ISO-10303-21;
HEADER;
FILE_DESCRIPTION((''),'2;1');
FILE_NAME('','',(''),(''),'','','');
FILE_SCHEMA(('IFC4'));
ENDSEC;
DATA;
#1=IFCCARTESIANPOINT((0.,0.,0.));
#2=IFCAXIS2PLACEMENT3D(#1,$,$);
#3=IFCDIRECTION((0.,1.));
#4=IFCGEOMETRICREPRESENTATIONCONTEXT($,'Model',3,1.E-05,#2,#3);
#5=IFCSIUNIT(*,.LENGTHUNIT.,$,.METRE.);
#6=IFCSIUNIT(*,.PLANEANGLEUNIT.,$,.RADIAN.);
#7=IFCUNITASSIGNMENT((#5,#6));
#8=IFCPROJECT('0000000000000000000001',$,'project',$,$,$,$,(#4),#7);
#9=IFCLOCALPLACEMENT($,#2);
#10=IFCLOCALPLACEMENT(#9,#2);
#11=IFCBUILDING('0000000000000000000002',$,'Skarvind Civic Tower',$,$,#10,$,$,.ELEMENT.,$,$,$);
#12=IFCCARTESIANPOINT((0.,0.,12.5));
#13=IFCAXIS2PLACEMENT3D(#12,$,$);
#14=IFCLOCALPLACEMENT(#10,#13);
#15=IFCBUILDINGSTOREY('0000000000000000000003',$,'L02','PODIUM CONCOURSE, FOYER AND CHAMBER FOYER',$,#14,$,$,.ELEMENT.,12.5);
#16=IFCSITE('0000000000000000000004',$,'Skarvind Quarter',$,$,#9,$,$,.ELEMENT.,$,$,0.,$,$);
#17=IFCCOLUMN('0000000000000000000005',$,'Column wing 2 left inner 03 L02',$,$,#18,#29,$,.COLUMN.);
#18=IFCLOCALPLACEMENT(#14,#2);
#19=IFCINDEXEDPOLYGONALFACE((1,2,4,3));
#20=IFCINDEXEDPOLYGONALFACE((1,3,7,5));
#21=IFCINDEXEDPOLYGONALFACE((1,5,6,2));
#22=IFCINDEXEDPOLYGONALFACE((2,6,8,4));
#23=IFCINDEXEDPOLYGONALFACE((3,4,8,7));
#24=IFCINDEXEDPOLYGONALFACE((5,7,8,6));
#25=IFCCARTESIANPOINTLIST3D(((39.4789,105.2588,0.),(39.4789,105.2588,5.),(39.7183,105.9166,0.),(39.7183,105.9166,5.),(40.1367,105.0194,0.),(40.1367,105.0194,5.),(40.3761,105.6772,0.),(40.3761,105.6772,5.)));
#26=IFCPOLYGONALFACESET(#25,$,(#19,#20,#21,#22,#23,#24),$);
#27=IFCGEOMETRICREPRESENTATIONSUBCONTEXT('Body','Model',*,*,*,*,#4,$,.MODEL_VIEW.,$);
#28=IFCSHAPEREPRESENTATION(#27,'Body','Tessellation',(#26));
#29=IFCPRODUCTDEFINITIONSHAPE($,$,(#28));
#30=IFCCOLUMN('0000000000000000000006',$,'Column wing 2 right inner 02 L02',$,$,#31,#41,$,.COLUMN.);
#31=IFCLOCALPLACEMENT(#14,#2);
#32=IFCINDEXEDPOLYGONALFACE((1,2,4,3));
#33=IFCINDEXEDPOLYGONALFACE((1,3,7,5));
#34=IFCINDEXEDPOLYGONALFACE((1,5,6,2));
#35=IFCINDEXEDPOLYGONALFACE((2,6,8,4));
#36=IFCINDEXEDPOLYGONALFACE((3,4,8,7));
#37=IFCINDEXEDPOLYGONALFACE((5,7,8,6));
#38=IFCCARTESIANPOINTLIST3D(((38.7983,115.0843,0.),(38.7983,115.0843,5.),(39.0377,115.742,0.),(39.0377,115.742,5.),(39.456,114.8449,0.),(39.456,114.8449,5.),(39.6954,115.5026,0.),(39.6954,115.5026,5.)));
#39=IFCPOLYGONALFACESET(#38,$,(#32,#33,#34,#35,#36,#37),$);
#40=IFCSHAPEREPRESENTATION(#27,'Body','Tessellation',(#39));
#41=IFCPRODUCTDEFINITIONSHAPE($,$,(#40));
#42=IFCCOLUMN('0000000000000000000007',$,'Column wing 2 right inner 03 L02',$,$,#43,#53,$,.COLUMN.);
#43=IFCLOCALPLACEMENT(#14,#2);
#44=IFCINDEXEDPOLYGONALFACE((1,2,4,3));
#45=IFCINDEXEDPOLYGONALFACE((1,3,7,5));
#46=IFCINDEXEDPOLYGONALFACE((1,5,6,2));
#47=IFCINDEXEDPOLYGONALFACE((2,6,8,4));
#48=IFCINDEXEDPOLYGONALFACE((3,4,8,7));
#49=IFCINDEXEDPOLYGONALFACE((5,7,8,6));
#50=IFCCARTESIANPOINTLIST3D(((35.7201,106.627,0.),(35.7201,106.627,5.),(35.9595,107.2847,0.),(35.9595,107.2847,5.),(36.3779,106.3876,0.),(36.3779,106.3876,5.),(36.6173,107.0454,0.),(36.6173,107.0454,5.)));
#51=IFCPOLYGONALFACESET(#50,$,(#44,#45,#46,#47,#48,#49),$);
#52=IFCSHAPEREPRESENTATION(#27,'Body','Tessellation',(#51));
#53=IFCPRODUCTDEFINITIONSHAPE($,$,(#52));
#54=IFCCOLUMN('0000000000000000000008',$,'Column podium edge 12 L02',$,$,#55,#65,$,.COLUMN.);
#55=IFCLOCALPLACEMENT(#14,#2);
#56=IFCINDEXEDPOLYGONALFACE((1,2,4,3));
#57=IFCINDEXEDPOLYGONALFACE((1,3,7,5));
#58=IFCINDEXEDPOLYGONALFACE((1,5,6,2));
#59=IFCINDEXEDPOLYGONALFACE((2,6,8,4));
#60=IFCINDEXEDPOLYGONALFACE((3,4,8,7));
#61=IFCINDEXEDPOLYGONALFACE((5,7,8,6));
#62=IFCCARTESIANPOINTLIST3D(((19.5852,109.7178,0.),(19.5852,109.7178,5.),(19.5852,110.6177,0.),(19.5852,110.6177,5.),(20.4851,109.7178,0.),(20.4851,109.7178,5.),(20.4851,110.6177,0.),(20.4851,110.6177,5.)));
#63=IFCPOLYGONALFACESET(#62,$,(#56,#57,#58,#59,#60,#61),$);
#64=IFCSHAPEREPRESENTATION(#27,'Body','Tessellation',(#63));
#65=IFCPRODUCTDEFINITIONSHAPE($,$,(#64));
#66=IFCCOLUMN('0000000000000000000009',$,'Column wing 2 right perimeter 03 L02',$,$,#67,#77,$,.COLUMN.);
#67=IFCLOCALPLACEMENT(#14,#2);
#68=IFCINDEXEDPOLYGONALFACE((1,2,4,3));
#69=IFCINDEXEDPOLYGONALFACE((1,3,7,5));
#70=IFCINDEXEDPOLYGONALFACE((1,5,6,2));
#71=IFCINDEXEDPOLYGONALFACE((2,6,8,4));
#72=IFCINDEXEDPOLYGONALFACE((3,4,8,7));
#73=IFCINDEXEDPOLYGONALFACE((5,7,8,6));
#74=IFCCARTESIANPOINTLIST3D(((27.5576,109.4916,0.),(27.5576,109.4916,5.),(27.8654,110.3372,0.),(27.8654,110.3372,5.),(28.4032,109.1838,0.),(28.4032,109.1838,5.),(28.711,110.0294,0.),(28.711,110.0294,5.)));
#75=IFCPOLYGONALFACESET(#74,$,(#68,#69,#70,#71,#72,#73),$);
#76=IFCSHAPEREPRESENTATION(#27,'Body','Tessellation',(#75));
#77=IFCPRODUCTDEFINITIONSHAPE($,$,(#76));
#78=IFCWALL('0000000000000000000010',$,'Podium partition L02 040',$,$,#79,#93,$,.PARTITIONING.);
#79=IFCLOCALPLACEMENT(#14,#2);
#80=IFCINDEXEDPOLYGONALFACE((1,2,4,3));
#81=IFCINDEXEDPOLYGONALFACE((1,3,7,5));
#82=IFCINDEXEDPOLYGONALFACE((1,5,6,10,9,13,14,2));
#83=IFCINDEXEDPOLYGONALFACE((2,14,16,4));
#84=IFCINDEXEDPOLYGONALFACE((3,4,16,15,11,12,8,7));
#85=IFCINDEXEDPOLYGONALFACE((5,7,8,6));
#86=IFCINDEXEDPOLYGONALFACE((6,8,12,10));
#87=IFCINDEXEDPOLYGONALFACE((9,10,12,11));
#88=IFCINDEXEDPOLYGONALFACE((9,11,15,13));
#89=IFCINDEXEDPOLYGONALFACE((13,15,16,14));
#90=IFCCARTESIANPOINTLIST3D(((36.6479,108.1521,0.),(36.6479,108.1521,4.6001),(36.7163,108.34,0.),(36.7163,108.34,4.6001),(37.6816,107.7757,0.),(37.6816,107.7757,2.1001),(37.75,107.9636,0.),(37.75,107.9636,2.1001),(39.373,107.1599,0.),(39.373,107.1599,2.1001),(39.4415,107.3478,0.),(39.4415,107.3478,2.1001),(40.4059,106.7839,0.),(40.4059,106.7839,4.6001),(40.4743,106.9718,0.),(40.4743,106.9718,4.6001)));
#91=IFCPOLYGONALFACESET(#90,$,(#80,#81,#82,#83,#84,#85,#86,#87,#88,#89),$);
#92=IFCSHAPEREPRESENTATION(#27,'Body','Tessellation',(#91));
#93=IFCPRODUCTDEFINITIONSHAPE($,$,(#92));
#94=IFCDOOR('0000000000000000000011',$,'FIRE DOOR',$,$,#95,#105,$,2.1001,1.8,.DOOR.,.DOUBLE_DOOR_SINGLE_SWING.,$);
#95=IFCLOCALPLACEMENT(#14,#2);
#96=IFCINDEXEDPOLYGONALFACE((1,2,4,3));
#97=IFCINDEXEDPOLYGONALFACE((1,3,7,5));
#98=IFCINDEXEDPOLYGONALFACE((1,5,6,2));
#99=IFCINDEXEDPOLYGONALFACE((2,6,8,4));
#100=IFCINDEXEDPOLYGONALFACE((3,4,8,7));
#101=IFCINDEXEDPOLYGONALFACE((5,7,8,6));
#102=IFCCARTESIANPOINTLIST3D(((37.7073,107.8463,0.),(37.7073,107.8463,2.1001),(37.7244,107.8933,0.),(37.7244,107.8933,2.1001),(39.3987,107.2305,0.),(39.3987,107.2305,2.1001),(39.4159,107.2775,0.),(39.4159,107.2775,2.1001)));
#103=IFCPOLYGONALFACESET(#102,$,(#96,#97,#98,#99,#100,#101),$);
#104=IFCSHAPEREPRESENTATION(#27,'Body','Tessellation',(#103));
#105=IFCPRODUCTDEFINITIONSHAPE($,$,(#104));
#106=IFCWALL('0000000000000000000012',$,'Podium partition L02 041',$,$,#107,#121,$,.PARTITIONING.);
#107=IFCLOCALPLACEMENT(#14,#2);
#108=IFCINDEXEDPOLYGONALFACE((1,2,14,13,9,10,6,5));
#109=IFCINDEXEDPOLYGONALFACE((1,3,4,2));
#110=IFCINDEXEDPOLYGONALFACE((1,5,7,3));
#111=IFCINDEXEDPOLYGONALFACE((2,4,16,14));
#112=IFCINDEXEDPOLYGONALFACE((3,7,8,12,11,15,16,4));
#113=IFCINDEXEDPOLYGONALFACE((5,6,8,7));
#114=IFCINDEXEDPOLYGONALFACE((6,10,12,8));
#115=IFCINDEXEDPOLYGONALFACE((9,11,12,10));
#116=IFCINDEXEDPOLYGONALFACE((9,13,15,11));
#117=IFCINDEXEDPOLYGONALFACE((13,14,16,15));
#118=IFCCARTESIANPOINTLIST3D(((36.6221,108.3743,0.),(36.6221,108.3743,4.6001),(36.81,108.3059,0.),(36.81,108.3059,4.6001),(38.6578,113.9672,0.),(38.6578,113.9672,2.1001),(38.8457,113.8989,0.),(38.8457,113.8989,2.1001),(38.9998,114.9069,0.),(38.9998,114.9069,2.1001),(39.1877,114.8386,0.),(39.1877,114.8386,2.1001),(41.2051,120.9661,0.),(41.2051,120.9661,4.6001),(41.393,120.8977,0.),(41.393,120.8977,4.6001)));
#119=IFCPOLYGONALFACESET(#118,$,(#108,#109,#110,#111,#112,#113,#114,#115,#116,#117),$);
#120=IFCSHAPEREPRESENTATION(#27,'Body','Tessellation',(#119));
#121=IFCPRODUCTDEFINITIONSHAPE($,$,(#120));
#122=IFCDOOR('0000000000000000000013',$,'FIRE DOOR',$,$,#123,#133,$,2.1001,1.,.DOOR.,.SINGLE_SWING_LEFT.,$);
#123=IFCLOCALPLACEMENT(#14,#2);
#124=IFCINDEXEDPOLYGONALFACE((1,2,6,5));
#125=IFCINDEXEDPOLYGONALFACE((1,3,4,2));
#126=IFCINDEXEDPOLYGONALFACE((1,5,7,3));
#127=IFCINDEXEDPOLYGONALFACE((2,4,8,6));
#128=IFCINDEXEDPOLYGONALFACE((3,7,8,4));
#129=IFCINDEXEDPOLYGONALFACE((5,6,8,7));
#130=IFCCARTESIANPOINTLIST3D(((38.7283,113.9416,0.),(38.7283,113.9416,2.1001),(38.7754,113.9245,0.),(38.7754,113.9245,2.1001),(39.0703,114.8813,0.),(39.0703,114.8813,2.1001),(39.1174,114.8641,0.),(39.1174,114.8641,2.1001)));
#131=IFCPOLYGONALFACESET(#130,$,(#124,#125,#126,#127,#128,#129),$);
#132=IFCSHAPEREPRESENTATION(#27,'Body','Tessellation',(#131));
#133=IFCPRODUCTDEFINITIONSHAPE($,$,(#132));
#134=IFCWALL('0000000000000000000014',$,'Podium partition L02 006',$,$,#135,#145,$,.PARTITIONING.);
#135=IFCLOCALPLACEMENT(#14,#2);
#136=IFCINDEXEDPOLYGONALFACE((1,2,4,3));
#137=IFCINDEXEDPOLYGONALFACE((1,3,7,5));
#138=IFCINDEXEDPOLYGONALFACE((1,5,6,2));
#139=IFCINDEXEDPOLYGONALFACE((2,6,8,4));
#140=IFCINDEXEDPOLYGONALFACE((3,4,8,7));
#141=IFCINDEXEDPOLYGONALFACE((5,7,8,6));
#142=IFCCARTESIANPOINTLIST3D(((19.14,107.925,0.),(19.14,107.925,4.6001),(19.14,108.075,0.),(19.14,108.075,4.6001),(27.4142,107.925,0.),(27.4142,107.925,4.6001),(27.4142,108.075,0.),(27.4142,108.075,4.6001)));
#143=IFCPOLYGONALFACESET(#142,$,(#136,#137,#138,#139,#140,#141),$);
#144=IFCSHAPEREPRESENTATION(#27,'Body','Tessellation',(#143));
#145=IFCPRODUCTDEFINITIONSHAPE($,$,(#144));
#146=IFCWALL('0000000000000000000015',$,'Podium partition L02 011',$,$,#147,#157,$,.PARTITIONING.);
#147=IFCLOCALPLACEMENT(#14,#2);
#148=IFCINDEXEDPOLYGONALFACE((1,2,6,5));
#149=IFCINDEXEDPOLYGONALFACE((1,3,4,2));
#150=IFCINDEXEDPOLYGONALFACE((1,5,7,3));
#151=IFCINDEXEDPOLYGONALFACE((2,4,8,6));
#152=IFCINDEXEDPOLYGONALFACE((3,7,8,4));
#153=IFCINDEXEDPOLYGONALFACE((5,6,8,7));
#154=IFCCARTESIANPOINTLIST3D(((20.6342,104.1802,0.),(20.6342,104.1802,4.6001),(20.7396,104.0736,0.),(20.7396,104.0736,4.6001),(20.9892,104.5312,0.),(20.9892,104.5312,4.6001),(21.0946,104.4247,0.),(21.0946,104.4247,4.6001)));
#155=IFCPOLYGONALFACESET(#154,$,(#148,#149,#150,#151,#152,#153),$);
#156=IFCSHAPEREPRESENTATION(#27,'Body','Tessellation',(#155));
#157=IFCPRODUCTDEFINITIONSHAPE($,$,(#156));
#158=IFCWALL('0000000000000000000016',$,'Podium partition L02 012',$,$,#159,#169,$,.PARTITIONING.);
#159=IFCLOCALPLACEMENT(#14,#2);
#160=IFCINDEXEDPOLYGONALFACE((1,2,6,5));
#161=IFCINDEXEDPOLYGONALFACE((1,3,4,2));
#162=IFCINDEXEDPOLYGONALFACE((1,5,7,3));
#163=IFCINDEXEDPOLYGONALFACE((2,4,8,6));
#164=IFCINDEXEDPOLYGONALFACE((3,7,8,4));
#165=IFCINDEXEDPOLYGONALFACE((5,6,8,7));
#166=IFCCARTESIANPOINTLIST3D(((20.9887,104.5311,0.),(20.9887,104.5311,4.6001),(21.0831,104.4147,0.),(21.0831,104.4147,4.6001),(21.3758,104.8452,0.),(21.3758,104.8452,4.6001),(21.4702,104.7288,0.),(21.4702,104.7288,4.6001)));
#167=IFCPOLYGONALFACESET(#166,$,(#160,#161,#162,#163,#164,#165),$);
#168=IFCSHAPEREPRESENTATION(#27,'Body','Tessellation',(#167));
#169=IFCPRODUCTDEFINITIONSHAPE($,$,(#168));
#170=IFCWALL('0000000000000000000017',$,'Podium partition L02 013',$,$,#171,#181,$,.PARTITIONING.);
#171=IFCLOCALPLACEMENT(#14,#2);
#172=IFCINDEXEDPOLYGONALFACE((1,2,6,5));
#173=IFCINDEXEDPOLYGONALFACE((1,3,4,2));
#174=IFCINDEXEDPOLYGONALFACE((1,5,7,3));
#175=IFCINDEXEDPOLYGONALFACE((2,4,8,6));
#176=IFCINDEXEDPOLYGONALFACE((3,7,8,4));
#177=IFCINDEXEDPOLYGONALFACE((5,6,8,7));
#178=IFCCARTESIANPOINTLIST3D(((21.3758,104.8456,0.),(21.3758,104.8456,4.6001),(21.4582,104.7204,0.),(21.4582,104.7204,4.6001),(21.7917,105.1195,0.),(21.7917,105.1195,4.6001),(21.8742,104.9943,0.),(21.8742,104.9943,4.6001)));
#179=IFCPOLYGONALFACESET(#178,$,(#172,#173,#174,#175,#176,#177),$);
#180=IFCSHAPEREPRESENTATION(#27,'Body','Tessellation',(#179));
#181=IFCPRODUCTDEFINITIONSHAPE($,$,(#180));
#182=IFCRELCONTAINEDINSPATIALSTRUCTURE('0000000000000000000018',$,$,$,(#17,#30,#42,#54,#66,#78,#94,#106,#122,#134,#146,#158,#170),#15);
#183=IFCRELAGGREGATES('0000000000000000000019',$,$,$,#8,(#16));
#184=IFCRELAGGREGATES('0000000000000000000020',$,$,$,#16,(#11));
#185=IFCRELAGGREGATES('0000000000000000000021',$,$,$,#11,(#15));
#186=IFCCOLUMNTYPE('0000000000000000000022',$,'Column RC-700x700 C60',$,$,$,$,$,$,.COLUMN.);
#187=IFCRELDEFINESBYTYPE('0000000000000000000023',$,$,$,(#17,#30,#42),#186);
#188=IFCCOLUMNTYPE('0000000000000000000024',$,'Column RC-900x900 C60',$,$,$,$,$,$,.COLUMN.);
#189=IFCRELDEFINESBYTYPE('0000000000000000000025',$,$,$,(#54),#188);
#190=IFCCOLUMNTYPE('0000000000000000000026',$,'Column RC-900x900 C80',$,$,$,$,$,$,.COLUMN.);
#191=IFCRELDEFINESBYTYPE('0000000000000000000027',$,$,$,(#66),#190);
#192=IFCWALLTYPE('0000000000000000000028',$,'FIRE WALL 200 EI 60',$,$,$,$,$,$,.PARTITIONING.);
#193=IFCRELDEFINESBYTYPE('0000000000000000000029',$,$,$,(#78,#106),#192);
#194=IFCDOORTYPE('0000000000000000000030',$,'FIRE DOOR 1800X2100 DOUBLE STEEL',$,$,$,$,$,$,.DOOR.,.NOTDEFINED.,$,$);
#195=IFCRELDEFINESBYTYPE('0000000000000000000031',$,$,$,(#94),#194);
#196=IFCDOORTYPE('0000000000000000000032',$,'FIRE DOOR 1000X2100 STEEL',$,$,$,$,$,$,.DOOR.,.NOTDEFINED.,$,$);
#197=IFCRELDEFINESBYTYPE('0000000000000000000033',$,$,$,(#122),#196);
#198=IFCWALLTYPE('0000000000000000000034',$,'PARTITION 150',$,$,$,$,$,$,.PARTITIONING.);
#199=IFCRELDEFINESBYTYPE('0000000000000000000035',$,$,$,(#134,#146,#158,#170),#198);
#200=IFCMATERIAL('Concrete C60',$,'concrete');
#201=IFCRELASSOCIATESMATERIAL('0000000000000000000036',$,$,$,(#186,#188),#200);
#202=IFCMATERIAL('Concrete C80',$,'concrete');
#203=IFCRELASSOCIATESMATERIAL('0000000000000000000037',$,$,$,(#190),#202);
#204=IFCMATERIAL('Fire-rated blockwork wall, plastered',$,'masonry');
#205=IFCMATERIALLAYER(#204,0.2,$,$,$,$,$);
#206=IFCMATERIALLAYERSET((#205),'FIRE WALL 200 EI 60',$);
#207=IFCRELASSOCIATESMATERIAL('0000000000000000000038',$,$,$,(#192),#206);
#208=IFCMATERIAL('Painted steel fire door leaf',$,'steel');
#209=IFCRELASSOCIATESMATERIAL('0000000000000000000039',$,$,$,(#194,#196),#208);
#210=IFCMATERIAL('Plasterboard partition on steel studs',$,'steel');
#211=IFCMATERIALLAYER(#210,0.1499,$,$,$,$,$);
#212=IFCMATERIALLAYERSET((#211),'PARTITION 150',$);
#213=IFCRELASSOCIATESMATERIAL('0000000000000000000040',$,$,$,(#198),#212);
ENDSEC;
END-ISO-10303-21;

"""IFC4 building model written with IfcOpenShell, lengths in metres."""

from ifc_helpers import new_model, si_unit, direction, frame, frame_2d, origin, origin_2d, place, context, subcontext, project, spatial, rectangle, extrude, material, layer, layer_set, material_profile, profile_set, type_object, element, fill, save


model = new_model("IFC4")

# Units and contexts
model_context = context("Model", 3, precision=1e-05, world=origin(), true_north=direction((0.0, 1.0)))
body_context = subcontext(model_context, "Body", "Model", "MODEL_VIEW")
ifc_project = project(units=[si_unit("LENGTHUNIT", "METRE"), si_unit("PLANEANGLEUNIT", "RADIAN")], contexts=[model_context])

# Site, building, storey
site_placement = place(None, origin())
site = spatial("IfcSite", under=ifc_project, at=site_placement, Name="Skarvind Quarter", CompositionType="ELEMENT", RefElevation=0.0)
building_placement = place(site_placement, origin())
building = spatial("IfcBuilding", under=site, at=building_placement, Name="Skarvind Civic Tower", CompositionType="ELEMENT")
storey_placement = place(building_placement, frame((0.0, 0.0, 12.5)))
storey = spatial("IfcBuildingStorey", under=building, at=storey_placement, Name="L02", Description="PODIUM CONCOURSE, FOYER AND CHAMBER FOYER", CompositionType="ELEMENT", Elevation=12.5)

# Columns
ifc_material_1 = material(Name="Concrete C60", Category="concrete")
ifc_material_profile_1 = material_profile(ifc_material_1, rectangle(XDim=0.7, YDim=0.7, at=origin_2d()), Name="RC-700x700")
ifc_profile_set_1 = profile_set([ifc_material_profile_1], Name="Concrete C60")
column_type_1 = type_object("IfcColumnType", Name="Column RC-700x700 C60", PredefinedType="COLUMN", material=ifc_profile_set_1)
for number, where, z_axis, x_axis, name in (
    (1, (39.9275, 105.468, 0.0), (0.0, 0.0, 1.0), (-0.34202, -0.939693, 0.0), "Column wing 2 left inner 03 L02"),
    (2, (39.2468, 115.2935, 0.0), (0.0, 0.0, 1.0), (-0.34202, -0.939693, 0.0), "Column wing 2 right inner 02 L02"),
    (3, (36.1687, 106.8362, 0.0), (0.0, 0.0, 1.0), (-0.34202, -0.939693, 0.0), "Column wing 2 right inner 03 L02"),
):
    element("IfcColumn", number, at=place(storey_placement, frame(where, z_axis=z_axis, x_axis=x_axis)), inside=storey, type_object=column_type_1, Name=name, PredefinedType="COLUMN", context=body_context, shape_type="SweptSolid", body=[
        extrude(rectangle(XDim=0.7, YDim=0.7, at=origin_2d()), origin(), (0.0, 0.0, 1.0), 5.0),
    ])
ifc_material_profile_2 = material_profile(ifc_material_1, rectangle(XDim=0.8999, YDim=0.8999, at=origin_2d()), Name="RC-900x900")
ifc_profile_set_2 = profile_set([ifc_material_profile_2], Name="Concrete C60")
column_type_2 = type_object("IfcColumnType", Name="Column RC-900x900 C60", PredefinedType="COLUMN", material=ifc_profile_set_2)
column_1_placement = place(storey_placement, frame((20.0352, 110.1677, 0.0), z_axis=(0.0, 0.0, 1.0), x_axis=(1.0, 0.0, 0.0)))
element("IfcColumn", 4, at=column_1_placement, inside=storey, type_object=column_type_2, Name="Column podium edge 12 L02", PredefinedType="COLUMN", context=body_context, shape_type="SweptSolid", body=[
    extrude(rectangle(XDim=0.8999, YDim=0.8999, at=origin_2d()), origin(), (0.0, 0.0, 1.0), 5.0),
])
ifc_material_2 = material(Name="Concrete C80", Category="concrete")
ifc_material_profile_3 = material_profile(ifc_material_2, rectangle(XDim=0.8999, YDim=0.8999, at=origin_2d()), Name="RC-900x900")
ifc_profile_set_3 = profile_set([ifc_material_profile_3], Name="Concrete C80")
column_type_3 = type_object("IfcColumnType", Name="Column RC-900x900 C80", PredefinedType="COLUMN", material=ifc_profile_set_3)
column_2_placement = place(storey_placement, frame((28.1343, 109.7605, 0.0), z_axis=(0.0, 0.0, 1.0), x_axis=(-0.34202, -0.939693, 0.0)))
element("IfcColumn", 5, at=column_2_placement, inside=storey, type_object=column_type_3, Name="Column wing 2 right perimeter 03 L02", PredefinedType="COLUMN", context=body_context, shape_type="SweptSolid", body=[
    extrude(rectangle(XDim=0.8999, YDim=0.8999, at=origin_2d()), origin(), (0.0, 0.0, 1.0), 5.0),
])

# Walls, openings, doors
ifc_material_3 = material(Name="Fire-rated blockwork wall, plastered", Category="masonry")
ifc_layer_1 = layer(ifc_material_3, 0.2)
ifc_layer_set_1 = layer_set([ifc_layer_1], Name="FIRE WALL 200 EI 60")
wall_type_1 = type_object("IfcWallType", Name="FIRE WALL 200 EI 60", PredefinedType="PARTITIONING", material=ifc_layer_set_1)
wall_1_placement = place(storey_placement, frame((40.4399, 106.8779, 0.0), z_axis=(0.0, 0.0, 1.0), x_axis=(-0.939665, 0.342096, 0.0)))
wall_1 = element("IfcWall", 6, at=wall_1_placement, inside=storey, type_object=wall_type_1, Name="Podium partition L02 040", PredefinedType="PARTITIONING", context=body_context, shape_type="SweptSolid", body=[
    extrude(rectangle(XDim=3.9993, YDim=0.2, at=frame_2d((1.9995, 0.0))), origin(), (0.0, 0.0, 1.0), 4.6001),
])
opening_1_placement = place(wall_1_placement, frame((1.0991, 0.0, 0.0)))
opening_1 = element("IfcOpeningElement", 7, at=opening_1_placement, cuts=wall_1, PredefinedType="OPENING", context=body_context, shape_type="SweptSolid", body=[
    extrude(rectangle(XDim=1.8, YDim=2.1001, at=frame_2d((0.8999, 1.05))), frame((0.0, 0.1099, 0.0), z_axis=(0.0, -1.0, 0.0), x_axis=(1.0, 0.0, 0.0)), (0.0, 0.0, 1.0), 0.22),
])
ifc_material_4 = material(Name="Painted steel fire door leaf", Category="steel")
door_type_1 = type_object("IfcDoorType", Name="FIRE DOOR 1800X2100 DOUBLE STEEL", OperationType="NOTDEFINED", PredefinedType="DOOR", material=ifc_material_4)
door_1_placement = place(opening_1_placement, origin())
door_1 = element("IfcDoor", 8, at=door_1_placement, inside=storey, type_object=door_type_1, Name="FIRE DOOR", OperationType="DOUBLE_DOOR_SINGLE_SWING", OverallHeight=2.1001, OverallWidth=1.8, PredefinedType="DOOR", context=body_context, shape_type="SweptSolid", body=[
    extrude(rectangle(XDim=1.8, YDim=2.1001, at=frame_2d((0.8999, 1.05))), frame((0.0, 0.0249, 0.0), z_axis=(0.0, -1.0, 0.0), x_axis=(1.0, 0.0, 0.0)), (0.0, 0.0, 1.0), 0.05),
])
fill(opening_1, door_1)
wall_2_placement = place(storey_placement, frame((36.7161, 108.3401, 0.0), z_axis=(0.0, 0.0, 1.0), x_axis=(0.342018, 0.939693, 0.0)))
wall_2 = element("IfcWall", 9, at=wall_2_placement, inside=storey, type_object=wall_type_1, Name="Podium partition L02 041", PredefinedType="PARTITIONING", context=body_context, shape_type="SweptSolid", body=[
    extrude(rectangle(XDim=13.3999, YDim=0.2, at=frame_2d((6.7, 0.0))), origin(), (0.0, 0.0, 1.0), 4.6001),
])
opening_2_placement = place(wall_2_placement, frame((5.9519, 0.0, 0.0)))
opening_2 = element("IfcOpeningElement", 10, at=opening_2_placement, cuts=wall_2, PredefinedType="OPENING", context=body_context, shape_type="SweptSolid", body=[
    extrude(rectangle(XDim=1.0, YDim=2.1001, at=frame_2d((0.5, 1.05))), frame((0.0, 0.1099, 0.0), z_axis=(0.0, -1.0, 0.0), x_axis=(1.0, 0.0, 0.0)), (0.0, 0.0, 1.0), 0.22),
])
door_type_2 = type_object("IfcDoorType", Name="FIRE DOOR 1000X2100 STEEL", OperationType="NOTDEFINED", PredefinedType="DOOR", material=ifc_material_4)
door_2_placement = place(opening_2_placement, origin())
door_2 = element("IfcDoor", 11, at=door_2_placement, inside=storey, type_object=door_type_2, Name="FIRE DOOR", OperationType="SINGLE_SWING_LEFT", OverallHeight=2.1001, OverallWidth=1.0, PredefinedType="DOOR", context=body_context, shape_type="SweptSolid", body=[
    extrude(rectangle(XDim=1.0, YDim=2.1001, at=frame_2d((0.5, 1.05))), frame((0.0, 0.0249, 0.0), z_axis=(0.0, -1.0, 0.0), x_axis=(1.0, 0.0, 0.0)), (0.0, 0.0, 1.0), 0.05),
])
fill(opening_2, door_2)

# Walls
ifc_material_5 = material(Name="Plasterboard partition on steel studs", Category="steel")
ifc_layer_2 = layer(ifc_material_5, 0.1499)
ifc_layer_set_2 = layer_set([ifc_layer_2], Name="PARTITION 150")
wall_type_2 = type_object("IfcWallType", Name="PARTITION 150", PredefinedType="PARTITIONING", material=ifc_layer_set_2)
wall_3_placement = place(storey_placement, frame((19.1399, 108.0, 0.0), z_axis=(0.0, 0.0, 1.0), x_axis=(1.0, 0.0, 0.0)))
element("IfcWall", 12, at=wall_3_placement, inside=storey, type_object=wall_type_2, Name="Podium partition L02 006", PredefinedType="PARTITIONING", context=body_context, shape_type="SweptSolid", body=[
    extrude(rectangle(XDim=8.2742, YDim=0.1499, at=frame_2d((4.1372, 0.0))), origin(), (0.0, 0.0, 1.0), 4.6001),
])
wall_4_placement = place(storey_placement, frame((20.687, 104.127, 0.0), z_axis=(0.0, 0.0, 1.0), x_axis=(0.711008, 0.703184, 0.0)))
element("IfcWall", 13, at=wall_4_placement, inside=storey, type_object=wall_type_2, Name="Podium partition L02 011", PredefinedType="PARTITIONING", context=body_context, shape_type="SweptSolid", body=[
    extrude(rectangle(XDim=0.4993, YDim=0.1499, at=frame_2d((0.2495, 0.0))), origin(), (0.0, 0.0, 1.0), 4.6001),
])
wall_5_placement = place(storey_placement, frame((21.0359, 104.4729, 0.0), z_axis=(0.0, 0.0, 1.0), x_axis=(0.776503, 0.630113, 0.0)))
element("IfcWall", 14, at=wall_5_placement, inside=storey, type_object=wall_type_2, Name="Podium partition L02 012", PredefinedType="PARTITIONING", context=body_context, shape_type="SweptSolid", body=[
    extrude(rectangle(XDim=0.4985, YDim=0.1499, at=frame_2d((0.2493, 0.0))), origin(), (0.0, 0.0, 1.0), 4.6001),
])
for number, where, z_axis, x_axis, name in (
    (15, (21.417, 104.783, 0.0), (0.0, 0.0, 1.0), (0.835204, 0.549941, 0.0), "Podium partition L02 013"),
):
    element("IfcWall", number, at=place(storey_placement, frame(where, z_axis=z_axis, x_axis=x_axis)), inside=storey, type_object=wall_type_2, Name=name, PredefinedType="PARTITIONING", context=body_context, shape_type="SweptSolid", body=[
        extrude(rectangle(XDim=0.498, YDim=0.1499, at=frame_2d((0.249, 0.0))), origin(), (0.0, 0.0, 1.0), 4.6001),
    ])

save(model, "model.ifc")
